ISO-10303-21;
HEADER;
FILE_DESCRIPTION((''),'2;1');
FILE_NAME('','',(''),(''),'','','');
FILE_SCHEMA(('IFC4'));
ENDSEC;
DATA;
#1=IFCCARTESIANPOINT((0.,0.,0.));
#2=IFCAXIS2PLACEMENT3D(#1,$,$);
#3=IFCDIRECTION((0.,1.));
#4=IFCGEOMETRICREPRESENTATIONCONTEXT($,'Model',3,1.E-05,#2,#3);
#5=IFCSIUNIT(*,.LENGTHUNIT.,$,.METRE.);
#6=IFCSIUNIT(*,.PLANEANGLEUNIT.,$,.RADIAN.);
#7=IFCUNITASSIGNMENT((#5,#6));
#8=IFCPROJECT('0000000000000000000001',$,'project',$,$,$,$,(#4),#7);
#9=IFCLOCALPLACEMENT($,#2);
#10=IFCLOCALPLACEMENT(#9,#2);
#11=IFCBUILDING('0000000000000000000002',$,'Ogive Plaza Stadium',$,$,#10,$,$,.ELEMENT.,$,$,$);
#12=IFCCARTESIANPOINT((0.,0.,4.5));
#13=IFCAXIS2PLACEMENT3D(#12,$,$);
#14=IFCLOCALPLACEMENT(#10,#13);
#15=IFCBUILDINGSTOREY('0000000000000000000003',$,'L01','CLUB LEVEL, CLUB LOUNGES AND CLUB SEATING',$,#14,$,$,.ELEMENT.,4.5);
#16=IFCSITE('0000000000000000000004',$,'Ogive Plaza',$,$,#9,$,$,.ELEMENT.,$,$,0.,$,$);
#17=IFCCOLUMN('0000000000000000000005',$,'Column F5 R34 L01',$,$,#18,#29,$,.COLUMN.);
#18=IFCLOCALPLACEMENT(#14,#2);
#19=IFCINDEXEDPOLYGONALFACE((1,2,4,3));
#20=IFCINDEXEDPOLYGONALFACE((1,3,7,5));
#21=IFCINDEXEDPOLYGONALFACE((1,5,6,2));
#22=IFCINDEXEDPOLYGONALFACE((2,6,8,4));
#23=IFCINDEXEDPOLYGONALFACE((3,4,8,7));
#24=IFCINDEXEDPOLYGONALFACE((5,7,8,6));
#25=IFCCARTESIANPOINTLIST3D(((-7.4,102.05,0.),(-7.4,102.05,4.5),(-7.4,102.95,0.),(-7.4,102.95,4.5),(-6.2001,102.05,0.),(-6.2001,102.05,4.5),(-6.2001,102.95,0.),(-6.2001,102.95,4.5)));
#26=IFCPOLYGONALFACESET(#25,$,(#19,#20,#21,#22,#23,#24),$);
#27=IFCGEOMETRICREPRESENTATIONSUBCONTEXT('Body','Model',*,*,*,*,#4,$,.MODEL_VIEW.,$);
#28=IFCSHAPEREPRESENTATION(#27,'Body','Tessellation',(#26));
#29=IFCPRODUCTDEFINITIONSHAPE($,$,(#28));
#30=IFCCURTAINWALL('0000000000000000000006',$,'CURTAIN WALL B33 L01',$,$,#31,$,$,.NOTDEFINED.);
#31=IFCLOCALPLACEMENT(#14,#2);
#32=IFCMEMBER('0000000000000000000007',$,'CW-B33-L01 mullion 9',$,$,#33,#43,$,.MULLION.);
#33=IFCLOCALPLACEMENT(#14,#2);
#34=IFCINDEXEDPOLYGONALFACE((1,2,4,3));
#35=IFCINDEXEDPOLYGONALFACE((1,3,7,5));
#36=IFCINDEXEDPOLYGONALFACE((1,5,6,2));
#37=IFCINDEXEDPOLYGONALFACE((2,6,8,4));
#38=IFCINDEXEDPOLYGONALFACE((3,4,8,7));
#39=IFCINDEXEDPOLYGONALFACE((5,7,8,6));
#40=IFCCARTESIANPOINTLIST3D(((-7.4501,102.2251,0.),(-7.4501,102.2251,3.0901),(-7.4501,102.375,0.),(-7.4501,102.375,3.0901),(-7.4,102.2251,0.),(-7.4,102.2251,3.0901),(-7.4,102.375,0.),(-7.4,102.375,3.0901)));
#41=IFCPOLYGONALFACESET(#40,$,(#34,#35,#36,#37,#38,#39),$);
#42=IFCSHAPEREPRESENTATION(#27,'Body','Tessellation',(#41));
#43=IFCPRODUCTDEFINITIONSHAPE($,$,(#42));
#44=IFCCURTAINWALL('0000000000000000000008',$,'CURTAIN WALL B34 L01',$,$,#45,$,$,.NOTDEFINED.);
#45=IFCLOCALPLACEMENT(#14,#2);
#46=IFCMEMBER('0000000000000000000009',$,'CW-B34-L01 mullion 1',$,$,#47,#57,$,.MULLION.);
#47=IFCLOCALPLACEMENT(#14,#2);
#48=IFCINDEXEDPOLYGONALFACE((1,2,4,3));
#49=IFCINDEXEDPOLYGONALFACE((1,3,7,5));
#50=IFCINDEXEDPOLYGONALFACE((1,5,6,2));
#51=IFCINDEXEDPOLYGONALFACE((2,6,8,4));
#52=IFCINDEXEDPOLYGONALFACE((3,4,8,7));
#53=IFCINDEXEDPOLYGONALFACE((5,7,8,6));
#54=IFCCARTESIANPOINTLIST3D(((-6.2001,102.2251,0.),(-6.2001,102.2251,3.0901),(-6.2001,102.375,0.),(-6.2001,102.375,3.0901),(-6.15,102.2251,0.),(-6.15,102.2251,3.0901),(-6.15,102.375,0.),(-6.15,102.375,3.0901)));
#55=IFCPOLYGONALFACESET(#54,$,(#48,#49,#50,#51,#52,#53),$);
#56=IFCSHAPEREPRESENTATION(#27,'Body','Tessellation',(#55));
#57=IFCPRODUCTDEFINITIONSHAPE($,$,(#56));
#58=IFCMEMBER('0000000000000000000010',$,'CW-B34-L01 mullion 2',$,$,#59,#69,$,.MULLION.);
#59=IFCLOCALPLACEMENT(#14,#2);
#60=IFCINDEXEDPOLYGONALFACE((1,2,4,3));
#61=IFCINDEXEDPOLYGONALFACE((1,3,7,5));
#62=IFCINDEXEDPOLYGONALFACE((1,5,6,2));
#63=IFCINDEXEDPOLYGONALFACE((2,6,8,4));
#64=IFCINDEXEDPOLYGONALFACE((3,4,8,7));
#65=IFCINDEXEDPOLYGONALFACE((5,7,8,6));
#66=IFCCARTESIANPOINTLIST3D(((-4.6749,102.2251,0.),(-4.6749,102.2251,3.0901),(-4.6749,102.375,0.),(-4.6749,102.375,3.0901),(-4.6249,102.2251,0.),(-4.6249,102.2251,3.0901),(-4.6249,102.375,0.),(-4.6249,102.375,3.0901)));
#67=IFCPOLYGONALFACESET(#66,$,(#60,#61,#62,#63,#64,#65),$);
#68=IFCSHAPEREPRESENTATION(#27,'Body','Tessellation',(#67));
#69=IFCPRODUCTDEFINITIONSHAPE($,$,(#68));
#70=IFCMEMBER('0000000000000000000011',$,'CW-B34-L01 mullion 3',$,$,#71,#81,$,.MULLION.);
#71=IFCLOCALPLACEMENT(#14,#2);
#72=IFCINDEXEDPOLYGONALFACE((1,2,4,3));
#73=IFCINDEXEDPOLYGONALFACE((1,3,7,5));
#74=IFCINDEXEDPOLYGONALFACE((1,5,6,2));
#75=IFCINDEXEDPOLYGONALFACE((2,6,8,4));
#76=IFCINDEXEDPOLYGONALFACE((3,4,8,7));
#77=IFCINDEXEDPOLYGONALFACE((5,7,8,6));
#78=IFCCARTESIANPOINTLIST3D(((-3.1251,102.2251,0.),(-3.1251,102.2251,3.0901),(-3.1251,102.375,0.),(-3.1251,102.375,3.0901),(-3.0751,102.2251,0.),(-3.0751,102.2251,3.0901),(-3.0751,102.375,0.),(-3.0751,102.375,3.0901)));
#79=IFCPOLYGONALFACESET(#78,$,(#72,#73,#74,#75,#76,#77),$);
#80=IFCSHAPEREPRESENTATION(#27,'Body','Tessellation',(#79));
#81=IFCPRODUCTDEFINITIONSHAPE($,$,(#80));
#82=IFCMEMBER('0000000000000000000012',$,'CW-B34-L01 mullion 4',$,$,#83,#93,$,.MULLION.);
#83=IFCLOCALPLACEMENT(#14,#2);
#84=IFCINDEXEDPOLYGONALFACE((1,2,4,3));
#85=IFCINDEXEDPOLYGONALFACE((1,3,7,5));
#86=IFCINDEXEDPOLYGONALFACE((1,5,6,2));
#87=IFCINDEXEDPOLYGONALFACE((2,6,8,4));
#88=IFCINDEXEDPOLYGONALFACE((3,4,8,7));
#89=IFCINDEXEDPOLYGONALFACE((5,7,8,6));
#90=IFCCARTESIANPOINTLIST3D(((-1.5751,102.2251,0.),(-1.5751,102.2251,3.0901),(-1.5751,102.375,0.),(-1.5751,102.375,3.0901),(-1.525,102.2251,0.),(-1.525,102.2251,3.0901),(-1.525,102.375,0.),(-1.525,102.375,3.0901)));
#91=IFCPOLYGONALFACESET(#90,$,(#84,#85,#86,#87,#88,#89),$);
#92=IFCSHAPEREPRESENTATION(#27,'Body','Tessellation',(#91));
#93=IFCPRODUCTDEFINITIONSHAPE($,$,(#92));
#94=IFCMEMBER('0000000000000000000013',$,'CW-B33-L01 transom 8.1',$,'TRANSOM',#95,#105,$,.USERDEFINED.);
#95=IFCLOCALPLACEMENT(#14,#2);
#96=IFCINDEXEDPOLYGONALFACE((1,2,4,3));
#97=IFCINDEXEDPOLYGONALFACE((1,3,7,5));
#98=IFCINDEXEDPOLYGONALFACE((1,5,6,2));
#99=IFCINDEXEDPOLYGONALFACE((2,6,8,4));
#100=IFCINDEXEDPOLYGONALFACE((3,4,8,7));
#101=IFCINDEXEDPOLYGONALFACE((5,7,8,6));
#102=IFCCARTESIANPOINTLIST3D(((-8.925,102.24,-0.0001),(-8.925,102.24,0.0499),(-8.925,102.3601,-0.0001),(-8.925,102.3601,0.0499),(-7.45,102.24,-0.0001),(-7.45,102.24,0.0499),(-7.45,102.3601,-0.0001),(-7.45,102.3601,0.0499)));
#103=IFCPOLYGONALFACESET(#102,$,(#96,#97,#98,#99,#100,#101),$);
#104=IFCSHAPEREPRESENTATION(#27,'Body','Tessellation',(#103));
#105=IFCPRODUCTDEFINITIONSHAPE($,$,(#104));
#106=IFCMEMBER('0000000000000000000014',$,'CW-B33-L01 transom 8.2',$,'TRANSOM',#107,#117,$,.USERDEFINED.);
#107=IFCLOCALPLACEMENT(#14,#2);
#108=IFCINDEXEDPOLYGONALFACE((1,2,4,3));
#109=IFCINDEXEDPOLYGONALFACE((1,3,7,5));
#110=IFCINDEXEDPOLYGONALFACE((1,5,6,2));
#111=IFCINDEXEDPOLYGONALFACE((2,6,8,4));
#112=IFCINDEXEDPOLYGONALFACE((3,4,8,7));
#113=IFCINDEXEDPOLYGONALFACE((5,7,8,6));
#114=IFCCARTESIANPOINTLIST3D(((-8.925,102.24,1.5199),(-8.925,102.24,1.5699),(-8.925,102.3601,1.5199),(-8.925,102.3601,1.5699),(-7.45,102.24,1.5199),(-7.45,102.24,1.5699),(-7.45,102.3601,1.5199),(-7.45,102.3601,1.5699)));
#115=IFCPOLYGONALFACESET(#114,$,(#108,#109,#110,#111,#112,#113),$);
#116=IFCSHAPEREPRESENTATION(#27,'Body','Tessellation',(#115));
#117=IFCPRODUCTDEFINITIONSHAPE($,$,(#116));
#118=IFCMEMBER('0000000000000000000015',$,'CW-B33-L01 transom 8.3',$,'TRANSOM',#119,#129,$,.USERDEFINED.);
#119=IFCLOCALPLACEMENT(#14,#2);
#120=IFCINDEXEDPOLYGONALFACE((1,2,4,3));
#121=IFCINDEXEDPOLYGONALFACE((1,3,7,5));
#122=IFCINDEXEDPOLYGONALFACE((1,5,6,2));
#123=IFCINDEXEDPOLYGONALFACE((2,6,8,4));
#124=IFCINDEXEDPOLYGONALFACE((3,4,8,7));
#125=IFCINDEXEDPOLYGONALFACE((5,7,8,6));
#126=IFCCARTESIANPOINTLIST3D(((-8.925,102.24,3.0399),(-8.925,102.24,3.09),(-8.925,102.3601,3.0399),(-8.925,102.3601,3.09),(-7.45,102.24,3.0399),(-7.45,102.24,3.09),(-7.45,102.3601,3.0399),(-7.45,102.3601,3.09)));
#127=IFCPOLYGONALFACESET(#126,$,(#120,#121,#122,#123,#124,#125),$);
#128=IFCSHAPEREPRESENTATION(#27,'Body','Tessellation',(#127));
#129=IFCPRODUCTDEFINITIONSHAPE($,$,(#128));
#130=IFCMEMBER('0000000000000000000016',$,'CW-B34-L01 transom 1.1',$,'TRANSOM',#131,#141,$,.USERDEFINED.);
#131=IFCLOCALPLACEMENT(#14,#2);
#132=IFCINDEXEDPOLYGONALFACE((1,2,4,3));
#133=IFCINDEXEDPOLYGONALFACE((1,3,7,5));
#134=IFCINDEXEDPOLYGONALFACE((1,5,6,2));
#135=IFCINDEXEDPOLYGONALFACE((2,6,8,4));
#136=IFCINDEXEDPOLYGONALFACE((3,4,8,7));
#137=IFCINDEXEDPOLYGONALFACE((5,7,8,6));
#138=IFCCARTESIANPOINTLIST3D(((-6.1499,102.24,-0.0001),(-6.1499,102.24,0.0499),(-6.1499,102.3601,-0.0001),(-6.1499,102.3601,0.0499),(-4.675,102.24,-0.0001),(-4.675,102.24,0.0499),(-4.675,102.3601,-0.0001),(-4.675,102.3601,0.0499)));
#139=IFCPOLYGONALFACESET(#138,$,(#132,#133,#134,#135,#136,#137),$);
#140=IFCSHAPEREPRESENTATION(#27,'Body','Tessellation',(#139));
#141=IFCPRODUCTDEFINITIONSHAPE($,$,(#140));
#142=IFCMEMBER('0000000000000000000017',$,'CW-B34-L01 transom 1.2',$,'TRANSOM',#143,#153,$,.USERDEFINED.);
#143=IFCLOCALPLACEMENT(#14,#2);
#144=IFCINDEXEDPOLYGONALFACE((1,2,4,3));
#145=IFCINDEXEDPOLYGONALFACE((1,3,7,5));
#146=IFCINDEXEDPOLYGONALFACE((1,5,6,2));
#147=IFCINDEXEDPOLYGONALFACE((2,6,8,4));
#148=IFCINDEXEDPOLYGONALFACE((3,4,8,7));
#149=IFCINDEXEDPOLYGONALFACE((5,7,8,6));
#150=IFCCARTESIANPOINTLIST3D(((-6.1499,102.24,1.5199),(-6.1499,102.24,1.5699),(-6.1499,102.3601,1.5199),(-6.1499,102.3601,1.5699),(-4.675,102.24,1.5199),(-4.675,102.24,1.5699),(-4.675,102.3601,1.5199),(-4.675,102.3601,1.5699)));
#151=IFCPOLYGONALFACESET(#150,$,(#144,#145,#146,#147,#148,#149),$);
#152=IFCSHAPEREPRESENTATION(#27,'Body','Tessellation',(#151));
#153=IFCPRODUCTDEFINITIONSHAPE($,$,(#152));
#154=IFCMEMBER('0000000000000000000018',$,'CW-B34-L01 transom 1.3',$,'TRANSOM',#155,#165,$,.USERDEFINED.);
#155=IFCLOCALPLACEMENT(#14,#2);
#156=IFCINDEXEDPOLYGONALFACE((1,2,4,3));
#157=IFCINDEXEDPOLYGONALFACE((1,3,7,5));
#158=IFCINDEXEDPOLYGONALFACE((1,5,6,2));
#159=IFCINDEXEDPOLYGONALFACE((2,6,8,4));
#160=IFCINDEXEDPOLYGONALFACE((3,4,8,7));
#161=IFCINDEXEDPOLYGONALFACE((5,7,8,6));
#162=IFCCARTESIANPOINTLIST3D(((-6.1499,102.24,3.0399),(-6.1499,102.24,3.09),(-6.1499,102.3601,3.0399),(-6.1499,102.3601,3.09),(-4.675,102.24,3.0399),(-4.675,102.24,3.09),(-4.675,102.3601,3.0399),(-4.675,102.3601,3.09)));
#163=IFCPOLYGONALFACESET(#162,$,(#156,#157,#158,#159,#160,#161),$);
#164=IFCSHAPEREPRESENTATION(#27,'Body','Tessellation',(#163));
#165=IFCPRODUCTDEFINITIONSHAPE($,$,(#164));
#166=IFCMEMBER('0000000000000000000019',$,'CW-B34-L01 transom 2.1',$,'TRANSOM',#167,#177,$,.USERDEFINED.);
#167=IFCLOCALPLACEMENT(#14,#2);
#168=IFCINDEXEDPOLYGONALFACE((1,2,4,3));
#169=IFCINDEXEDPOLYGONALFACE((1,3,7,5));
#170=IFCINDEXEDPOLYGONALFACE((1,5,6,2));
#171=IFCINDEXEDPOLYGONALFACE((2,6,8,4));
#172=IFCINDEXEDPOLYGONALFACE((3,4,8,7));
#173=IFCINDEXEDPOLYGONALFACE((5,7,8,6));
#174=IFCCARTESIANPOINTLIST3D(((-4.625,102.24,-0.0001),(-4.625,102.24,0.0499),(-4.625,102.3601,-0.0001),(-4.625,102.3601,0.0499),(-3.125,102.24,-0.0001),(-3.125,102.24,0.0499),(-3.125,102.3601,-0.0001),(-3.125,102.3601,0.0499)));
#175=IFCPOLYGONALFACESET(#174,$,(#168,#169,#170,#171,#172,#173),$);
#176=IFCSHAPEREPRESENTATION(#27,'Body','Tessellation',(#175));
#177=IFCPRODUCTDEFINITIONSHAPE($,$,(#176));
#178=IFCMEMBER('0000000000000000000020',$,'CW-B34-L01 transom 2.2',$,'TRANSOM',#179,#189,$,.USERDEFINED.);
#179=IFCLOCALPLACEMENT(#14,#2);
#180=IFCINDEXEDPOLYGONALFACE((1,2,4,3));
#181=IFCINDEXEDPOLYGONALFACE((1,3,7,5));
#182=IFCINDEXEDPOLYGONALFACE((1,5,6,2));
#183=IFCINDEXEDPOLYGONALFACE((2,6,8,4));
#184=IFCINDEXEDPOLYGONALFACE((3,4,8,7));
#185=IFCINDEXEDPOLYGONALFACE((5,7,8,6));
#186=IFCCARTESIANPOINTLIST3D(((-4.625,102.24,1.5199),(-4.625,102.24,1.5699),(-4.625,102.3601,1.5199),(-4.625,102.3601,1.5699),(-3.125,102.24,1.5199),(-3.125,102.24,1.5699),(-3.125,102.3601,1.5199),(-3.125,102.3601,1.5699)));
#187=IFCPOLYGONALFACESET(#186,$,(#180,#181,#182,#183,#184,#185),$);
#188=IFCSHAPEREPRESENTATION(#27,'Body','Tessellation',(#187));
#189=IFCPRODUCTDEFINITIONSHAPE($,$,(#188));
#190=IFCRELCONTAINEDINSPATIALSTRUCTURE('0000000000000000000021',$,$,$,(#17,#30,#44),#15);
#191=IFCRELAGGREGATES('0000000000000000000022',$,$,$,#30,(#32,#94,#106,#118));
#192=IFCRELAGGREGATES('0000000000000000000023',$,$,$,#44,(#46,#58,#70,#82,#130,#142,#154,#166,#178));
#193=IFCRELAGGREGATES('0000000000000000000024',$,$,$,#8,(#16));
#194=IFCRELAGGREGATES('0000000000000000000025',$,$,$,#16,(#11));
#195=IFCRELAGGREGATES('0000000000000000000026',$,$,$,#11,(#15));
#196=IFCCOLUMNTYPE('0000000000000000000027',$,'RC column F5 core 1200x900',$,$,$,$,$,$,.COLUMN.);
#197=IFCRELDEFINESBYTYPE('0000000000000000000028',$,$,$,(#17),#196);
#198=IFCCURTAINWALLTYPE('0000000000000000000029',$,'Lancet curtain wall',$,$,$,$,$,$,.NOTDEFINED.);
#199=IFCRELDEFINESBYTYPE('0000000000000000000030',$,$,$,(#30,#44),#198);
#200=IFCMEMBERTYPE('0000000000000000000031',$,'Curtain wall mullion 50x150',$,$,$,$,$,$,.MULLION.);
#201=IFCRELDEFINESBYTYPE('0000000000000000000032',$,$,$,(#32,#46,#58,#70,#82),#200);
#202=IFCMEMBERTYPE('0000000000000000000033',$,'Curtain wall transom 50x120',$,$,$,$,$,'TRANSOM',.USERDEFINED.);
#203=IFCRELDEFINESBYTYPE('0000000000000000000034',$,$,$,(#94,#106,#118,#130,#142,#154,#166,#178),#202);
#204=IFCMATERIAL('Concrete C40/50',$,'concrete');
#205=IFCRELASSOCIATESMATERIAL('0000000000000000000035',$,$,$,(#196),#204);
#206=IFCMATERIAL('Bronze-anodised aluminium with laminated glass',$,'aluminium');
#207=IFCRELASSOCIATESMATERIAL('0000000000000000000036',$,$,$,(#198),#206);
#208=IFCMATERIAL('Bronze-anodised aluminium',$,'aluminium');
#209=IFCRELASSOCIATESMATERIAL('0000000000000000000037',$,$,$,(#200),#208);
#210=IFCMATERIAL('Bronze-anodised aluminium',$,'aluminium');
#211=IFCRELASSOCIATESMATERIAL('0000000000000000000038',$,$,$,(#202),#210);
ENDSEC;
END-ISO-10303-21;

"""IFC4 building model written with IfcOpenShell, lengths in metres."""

from ifc_helpers import new_model, si_unit, direction, frame, origin, origin_2d, place, context, subcontext, project, spatial, rectangle, extrude, material, material_profile, profile_set, type_object, element, aggregate, save


model = new_model("IFC4")

# Units and contexts
model_context = context("Model", 3, precision=1e-05, world=origin(), true_north=direction((0.0, 1.0)))
body_context = subcontext(model_context, "Body", "Model", "MODEL_VIEW")
ifc_project = project(units=[si_unit("LENGTHUNIT", "METRE"), si_unit("PLANEANGLEUNIT", "RADIAN")], contexts=[model_context])

# Site, building, storey
site_placement = place(None, origin())
site = spatial("IfcSite", under=ifc_project, at=site_placement, Name="Ogive Plaza", CompositionType="ELEMENT", RefElevation=0.0)
building_placement = place(site_placement, origin())
building = spatial("IfcBuilding", under=site, at=building_placement, Name="Ogive Plaza Stadium", CompositionType="ELEMENT")
storey_placement = place(building_placement, frame((0.0, 0.0, 4.5)))
storey = spatial("IfcBuildingStorey", under=building, at=storey_placement, Name="L01", Description="CLUB LEVEL, CLUB LOUNGES AND CLUB SEATING", CompositionType="ELEMENT", Elevation=4.5)

# Column
ifc_material_1 = material(Name="Concrete C40/50", Category="concrete")
ifc_material_profile_1 = material_profile(ifc_material_1, rectangle(XDim=1.2, YDim=0.8999, at=origin_2d()), Name="RC 1200x900")
ifc_profile_set_1 = profile_set([ifc_material_profile_1], Name="Concrete C40/50")
column_type = type_object("IfcColumnType", Name="RC column F5 core 1200x900", PredefinedType="COLUMN", material=ifc_profile_set_1)
column_placement = place(storey_placement, frame((-6.8, 102.5, 0.0), z_axis=(0.0, 0.0, 1.0), x_axis=(-1.0, 0.0, 0.0)))
element("IfcColumn", 1, at=column_placement, inside=storey, type_object=column_type, Name="Column F5 R34 L01", PredefinedType="COLUMN", context=body_context, shape_type="SweptSolid", body=[
    extrude(rectangle(XDim=1.2, YDim=0.8999, at=origin_2d()), origin(), (0.0, 0.0, 1.0), 4.5),
])

# Curtain wall, member
ifc_material_2 = material(Name="Bronze-anodised aluminium with laminated glass", Category="aluminium")
curtain_wall_type = type_object("IfcCurtainWallType", Name="Lancet curtain wall", PredefinedType="NOTDEFINED", material=ifc_material_2)
curtain_wall_1_placement = place(storey_placement, origin())
curtain_wall_1 = element("IfcCurtainWall", 2, at=curtain_wall_1_placement, inside=storey, type_object=curtain_wall_type, Name="CURTAIN WALL B33 L01", PredefinedType="NOTDEFINED")
ifc_material_3 = material(Name="Bronze-anodised aluminium", Category="aluminium")
ifc_material_profile_2 = material_profile(ifc_material_3, rectangle(XDim=0.1499, YDim=0.05, at=origin_2d()), Name="AL 150x50")
ifc_profile_set_2 = profile_set([ifc_material_profile_2], Name="Bronze-anodised aluminium")
member_type_1 = type_object("IfcMemberType", Name="Curtain wall mullion 50x150", PredefinedType="MULLION", material=ifc_profile_set_2)
member_1_placement = place(storey_placement, frame((-7.425, 102.3, 0.0), z_axis=(0.0, 0.0, 1.0), x_axis=(0.0, 1.0, 0.0)))
member_1 = element("IfcMember", 3, at=member_1_placement, type_object=member_type_1, Name="CW-B33-L01 mullion 9", PredefinedType="MULLION", context=body_context, shape_type="SweptSolid", body=[
    extrude(rectangle(XDim=0.1499, YDim=0.05, at=origin_2d()), origin(), (0.0, 0.0, 1.0), 3.0901),
])

# Curtain wall, members
curtain_wall_2_placement = place(storey_placement, origin())
curtain_wall_2 = element("IfcCurtainWall", 4, at=curtain_wall_2_placement, inside=storey, type_object=curtain_wall_type, Name="CURTAIN WALL B34 L01", PredefinedType="NOTDEFINED")
member_2_placement = place(storey_placement, frame((-6.175, 102.3, 0.0), z_axis=(0.0, 0.0, 1.0), x_axis=(0.0, 1.0, 0.0)))
member_2 = element("IfcMember", 5, at=member_2_placement, type_object=member_type_1, Name="CW-B34-L01 mullion 1", PredefinedType="MULLION", context=body_context, shape_type="SweptSolid", body=[
    extrude(rectangle(XDim=0.1499, YDim=0.05, at=origin_2d()), origin(), (0.0, 0.0, 1.0), 3.0901),
])
member_3_placement = place(storey_placement, frame((-4.6499, 102.3, 0.0), z_axis=(0.0, 0.0, 1.0), x_axis=(0.0, 1.0, 0.0)))
member_3 = element("IfcMember", 6, at=member_3_placement, type_object=member_type_1, Name="CW-B34-L01 mullion 2", PredefinedType="MULLION", context=body_context, shape_type="SweptSolid", body=[
    extrude(rectangle(XDim=0.1499, YDim=0.05, at=origin_2d()), origin(), (0.0, 0.0, 1.0), 3.0901),
])
member_4_placement = place(storey_placement, frame((-3.1001, 102.3, 0.0), z_axis=(0.0, 0.0, 1.0), x_axis=(0.0, 1.0, 0.0)))
member_4 = element("IfcMember", 7, at=member_4_placement, type_object=member_type_1, Name="CW-B34-L01 mullion 3", PredefinedType="MULLION", context=body_context, shape_type="SweptSolid", body=[
    extrude(rectangle(XDim=0.1499, YDim=0.05, at=origin_2d()), origin(), (0.0, 0.0, 1.0), 3.0901),
])
member_5_placement = place(storey_placement, frame((-1.55, 102.3, 0.0), z_axis=(0.0, 0.0, 1.0), x_axis=(0.0, 1.0, 0.0)))
member_5 = element("IfcMember", 8, at=member_5_placement, type_object=member_type_1, Name="CW-B34-L01 mullion 4", PredefinedType="MULLION", context=body_context, shape_type="SweptSolid", body=[
    extrude(rectangle(XDim=0.1499, YDim=0.05, at=origin_2d()), origin(), (0.0, 0.0, 1.0), 3.0901),
])

# Members
ifc_material_4 = material(Name="Bronze-anodised aluminium", Category="aluminium")
ifc_material_profile_3 = material_profile(ifc_material_4, rectangle(XDim=0.1201, YDim=0.05, at=origin_2d()), Name="AL 120x50")
ifc_profile_set_3 = profile_set([ifc_material_profile_3], Name="Bronze-anodised aluminium")
member_type_2 = type_object("IfcMemberType", Name="Curtain wall transom 50x120", ElementType="TRANSOM", PredefinedType="USERDEFINED", material=ifc_profile_set_3)
member_6_placement = place(storey_placement, frame((-8.925, 102.3, 0.0249), z_axis=(1.0, 0.0, 0.0), x_axis=(0.0, 1.0, 0.0)))
member_6 = element("IfcMember", 9, at=member_6_placement, type_object=member_type_2, Name="CW-B33-L01 transom 8.1", ObjectType="TRANSOM", PredefinedType="USERDEFINED", context=body_context, shape_type="SweptSolid", body=[
    extrude(rectangle(XDim=0.1201, YDim=0.05, at=origin_2d()), origin(), (0.0, 0.0, 1.0), 1.4751),
])
member_7_placement = place(storey_placement, frame((-8.925, 102.3, 1.5449), z_axis=(1.0, 0.0, 0.0), x_axis=(0.0, 1.0, 0.0)))
member_7 = element("IfcMember", 10, at=member_7_placement, type_object=member_type_2, Name="CW-B33-L01 transom 8.2", ObjectType="TRANSOM", PredefinedType="USERDEFINED", context=body_context, shape_type="SweptSolid", body=[
    extrude(rectangle(XDim=0.1201, YDim=0.05, at=origin_2d()), origin(), (0.0, 0.0, 1.0), 1.4751),
])
member_8_placement = place(storey_placement, frame((-8.925, 102.3, 3.0649), z_axis=(1.0, 0.0, 0.0), x_axis=(0.0, 1.0, 0.0)))
member_8 = element("IfcMember", 11, at=member_8_placement, type_object=member_type_2, Name="CW-B33-L01 transom 8.3", ObjectType="TRANSOM", PredefinedType="USERDEFINED", context=body_context, shape_type="SweptSolid", body=[
    extrude(rectangle(XDim=0.1201, YDim=0.05, at=origin_2d()), origin(), (0.0, 0.0, 1.0), 1.4751),
])
member_9_placement = place(storey_placement, frame((-6.1499, 102.3, 0.0249), z_axis=(1.0, 0.0, 0.0), x_axis=(0.0, 1.0, 0.0)))
member_9 = element("IfcMember", 12, at=member_9_placement, type_object=member_type_2, Name="CW-B34-L01 transom 1.1", ObjectType="TRANSOM", PredefinedType="USERDEFINED", context=body_context, shape_type="SweptSolid", body=[
    extrude(rectangle(XDim=0.1201, YDim=0.05, at=origin_2d()), origin(), (0.0, 0.0, 1.0), 1.4749),
])
member_10_placement = place(storey_placement, frame((-6.1499, 102.3, 1.5449), z_axis=(1.0, 0.0, 0.0), x_axis=(0.0, 1.0, 0.0)))
member_10 = element("IfcMember", 13, at=member_10_placement, type_object=member_type_2, Name="CW-B34-L01 transom 1.2", ObjectType="TRANSOM", PredefinedType="USERDEFINED", context=body_context, shape_type="SweptSolid", body=[
    extrude(rectangle(XDim=0.1201, YDim=0.05, at=origin_2d()), origin(), (0.0, 0.0, 1.0), 1.4749),
])
member_11_placement = place(storey_placement, frame((-6.1499, 102.3, 3.0649), z_axis=(1.0, 0.0, 0.0), x_axis=(0.0, 1.0, 0.0)))
member_11 = element("IfcMember", 14, at=member_11_placement, type_object=member_type_2, Name="CW-B34-L01 transom 1.3", ObjectType="TRANSOM", PredefinedType="USERDEFINED", context=body_context, shape_type="SweptSolid", body=[
    extrude(rectangle(XDim=0.1201, YDim=0.05, at=origin_2d()), origin(), (0.0, 0.0, 1.0), 1.4749),
])
member_12_placement = place(storey_placement, frame((-4.625, 102.3, 0.0249), z_axis=(1.0, 0.0, 0.0), x_axis=(0.0, 1.0, 0.0)))
member_12 = element("IfcMember", 15, at=member_12_placement, type_object=member_type_2, Name="CW-B34-L01 transom 2.1", ObjectType="TRANSOM", PredefinedType="USERDEFINED", context=body_context, shape_type="SweptSolid", body=[
    extrude(rectangle(XDim=0.1201, YDim=0.05, at=origin_2d()), origin(), (0.0, 0.0, 1.0), 1.5),
])
member_13_placement = place(storey_placement, frame((-4.625, 102.3, 1.5449), z_axis=(1.0, 0.0, 0.0), x_axis=(0.0, 1.0, 0.0)))
member_13 = element("IfcMember", 16, at=member_13_placement, type_object=member_type_2, Name="CW-B34-L01 transom 2.2", ObjectType="TRANSOM", PredefinedType="USERDEFINED", context=body_context, shape_type="SweptSolid", body=[
    extrude(rectangle(XDim=0.1201, YDim=0.05, at=origin_2d()), origin(), (0.0, 0.0, 1.0), 1.5),
])

aggregate(curtain_wall_1, [member_1, member_6, member_7, member_8])
aggregate(curtain_wall_2, [member_2, member_3, member_4, member_5, member_9, member_10, member_11, member_12, member_13])

save(model, "model.ifc")
